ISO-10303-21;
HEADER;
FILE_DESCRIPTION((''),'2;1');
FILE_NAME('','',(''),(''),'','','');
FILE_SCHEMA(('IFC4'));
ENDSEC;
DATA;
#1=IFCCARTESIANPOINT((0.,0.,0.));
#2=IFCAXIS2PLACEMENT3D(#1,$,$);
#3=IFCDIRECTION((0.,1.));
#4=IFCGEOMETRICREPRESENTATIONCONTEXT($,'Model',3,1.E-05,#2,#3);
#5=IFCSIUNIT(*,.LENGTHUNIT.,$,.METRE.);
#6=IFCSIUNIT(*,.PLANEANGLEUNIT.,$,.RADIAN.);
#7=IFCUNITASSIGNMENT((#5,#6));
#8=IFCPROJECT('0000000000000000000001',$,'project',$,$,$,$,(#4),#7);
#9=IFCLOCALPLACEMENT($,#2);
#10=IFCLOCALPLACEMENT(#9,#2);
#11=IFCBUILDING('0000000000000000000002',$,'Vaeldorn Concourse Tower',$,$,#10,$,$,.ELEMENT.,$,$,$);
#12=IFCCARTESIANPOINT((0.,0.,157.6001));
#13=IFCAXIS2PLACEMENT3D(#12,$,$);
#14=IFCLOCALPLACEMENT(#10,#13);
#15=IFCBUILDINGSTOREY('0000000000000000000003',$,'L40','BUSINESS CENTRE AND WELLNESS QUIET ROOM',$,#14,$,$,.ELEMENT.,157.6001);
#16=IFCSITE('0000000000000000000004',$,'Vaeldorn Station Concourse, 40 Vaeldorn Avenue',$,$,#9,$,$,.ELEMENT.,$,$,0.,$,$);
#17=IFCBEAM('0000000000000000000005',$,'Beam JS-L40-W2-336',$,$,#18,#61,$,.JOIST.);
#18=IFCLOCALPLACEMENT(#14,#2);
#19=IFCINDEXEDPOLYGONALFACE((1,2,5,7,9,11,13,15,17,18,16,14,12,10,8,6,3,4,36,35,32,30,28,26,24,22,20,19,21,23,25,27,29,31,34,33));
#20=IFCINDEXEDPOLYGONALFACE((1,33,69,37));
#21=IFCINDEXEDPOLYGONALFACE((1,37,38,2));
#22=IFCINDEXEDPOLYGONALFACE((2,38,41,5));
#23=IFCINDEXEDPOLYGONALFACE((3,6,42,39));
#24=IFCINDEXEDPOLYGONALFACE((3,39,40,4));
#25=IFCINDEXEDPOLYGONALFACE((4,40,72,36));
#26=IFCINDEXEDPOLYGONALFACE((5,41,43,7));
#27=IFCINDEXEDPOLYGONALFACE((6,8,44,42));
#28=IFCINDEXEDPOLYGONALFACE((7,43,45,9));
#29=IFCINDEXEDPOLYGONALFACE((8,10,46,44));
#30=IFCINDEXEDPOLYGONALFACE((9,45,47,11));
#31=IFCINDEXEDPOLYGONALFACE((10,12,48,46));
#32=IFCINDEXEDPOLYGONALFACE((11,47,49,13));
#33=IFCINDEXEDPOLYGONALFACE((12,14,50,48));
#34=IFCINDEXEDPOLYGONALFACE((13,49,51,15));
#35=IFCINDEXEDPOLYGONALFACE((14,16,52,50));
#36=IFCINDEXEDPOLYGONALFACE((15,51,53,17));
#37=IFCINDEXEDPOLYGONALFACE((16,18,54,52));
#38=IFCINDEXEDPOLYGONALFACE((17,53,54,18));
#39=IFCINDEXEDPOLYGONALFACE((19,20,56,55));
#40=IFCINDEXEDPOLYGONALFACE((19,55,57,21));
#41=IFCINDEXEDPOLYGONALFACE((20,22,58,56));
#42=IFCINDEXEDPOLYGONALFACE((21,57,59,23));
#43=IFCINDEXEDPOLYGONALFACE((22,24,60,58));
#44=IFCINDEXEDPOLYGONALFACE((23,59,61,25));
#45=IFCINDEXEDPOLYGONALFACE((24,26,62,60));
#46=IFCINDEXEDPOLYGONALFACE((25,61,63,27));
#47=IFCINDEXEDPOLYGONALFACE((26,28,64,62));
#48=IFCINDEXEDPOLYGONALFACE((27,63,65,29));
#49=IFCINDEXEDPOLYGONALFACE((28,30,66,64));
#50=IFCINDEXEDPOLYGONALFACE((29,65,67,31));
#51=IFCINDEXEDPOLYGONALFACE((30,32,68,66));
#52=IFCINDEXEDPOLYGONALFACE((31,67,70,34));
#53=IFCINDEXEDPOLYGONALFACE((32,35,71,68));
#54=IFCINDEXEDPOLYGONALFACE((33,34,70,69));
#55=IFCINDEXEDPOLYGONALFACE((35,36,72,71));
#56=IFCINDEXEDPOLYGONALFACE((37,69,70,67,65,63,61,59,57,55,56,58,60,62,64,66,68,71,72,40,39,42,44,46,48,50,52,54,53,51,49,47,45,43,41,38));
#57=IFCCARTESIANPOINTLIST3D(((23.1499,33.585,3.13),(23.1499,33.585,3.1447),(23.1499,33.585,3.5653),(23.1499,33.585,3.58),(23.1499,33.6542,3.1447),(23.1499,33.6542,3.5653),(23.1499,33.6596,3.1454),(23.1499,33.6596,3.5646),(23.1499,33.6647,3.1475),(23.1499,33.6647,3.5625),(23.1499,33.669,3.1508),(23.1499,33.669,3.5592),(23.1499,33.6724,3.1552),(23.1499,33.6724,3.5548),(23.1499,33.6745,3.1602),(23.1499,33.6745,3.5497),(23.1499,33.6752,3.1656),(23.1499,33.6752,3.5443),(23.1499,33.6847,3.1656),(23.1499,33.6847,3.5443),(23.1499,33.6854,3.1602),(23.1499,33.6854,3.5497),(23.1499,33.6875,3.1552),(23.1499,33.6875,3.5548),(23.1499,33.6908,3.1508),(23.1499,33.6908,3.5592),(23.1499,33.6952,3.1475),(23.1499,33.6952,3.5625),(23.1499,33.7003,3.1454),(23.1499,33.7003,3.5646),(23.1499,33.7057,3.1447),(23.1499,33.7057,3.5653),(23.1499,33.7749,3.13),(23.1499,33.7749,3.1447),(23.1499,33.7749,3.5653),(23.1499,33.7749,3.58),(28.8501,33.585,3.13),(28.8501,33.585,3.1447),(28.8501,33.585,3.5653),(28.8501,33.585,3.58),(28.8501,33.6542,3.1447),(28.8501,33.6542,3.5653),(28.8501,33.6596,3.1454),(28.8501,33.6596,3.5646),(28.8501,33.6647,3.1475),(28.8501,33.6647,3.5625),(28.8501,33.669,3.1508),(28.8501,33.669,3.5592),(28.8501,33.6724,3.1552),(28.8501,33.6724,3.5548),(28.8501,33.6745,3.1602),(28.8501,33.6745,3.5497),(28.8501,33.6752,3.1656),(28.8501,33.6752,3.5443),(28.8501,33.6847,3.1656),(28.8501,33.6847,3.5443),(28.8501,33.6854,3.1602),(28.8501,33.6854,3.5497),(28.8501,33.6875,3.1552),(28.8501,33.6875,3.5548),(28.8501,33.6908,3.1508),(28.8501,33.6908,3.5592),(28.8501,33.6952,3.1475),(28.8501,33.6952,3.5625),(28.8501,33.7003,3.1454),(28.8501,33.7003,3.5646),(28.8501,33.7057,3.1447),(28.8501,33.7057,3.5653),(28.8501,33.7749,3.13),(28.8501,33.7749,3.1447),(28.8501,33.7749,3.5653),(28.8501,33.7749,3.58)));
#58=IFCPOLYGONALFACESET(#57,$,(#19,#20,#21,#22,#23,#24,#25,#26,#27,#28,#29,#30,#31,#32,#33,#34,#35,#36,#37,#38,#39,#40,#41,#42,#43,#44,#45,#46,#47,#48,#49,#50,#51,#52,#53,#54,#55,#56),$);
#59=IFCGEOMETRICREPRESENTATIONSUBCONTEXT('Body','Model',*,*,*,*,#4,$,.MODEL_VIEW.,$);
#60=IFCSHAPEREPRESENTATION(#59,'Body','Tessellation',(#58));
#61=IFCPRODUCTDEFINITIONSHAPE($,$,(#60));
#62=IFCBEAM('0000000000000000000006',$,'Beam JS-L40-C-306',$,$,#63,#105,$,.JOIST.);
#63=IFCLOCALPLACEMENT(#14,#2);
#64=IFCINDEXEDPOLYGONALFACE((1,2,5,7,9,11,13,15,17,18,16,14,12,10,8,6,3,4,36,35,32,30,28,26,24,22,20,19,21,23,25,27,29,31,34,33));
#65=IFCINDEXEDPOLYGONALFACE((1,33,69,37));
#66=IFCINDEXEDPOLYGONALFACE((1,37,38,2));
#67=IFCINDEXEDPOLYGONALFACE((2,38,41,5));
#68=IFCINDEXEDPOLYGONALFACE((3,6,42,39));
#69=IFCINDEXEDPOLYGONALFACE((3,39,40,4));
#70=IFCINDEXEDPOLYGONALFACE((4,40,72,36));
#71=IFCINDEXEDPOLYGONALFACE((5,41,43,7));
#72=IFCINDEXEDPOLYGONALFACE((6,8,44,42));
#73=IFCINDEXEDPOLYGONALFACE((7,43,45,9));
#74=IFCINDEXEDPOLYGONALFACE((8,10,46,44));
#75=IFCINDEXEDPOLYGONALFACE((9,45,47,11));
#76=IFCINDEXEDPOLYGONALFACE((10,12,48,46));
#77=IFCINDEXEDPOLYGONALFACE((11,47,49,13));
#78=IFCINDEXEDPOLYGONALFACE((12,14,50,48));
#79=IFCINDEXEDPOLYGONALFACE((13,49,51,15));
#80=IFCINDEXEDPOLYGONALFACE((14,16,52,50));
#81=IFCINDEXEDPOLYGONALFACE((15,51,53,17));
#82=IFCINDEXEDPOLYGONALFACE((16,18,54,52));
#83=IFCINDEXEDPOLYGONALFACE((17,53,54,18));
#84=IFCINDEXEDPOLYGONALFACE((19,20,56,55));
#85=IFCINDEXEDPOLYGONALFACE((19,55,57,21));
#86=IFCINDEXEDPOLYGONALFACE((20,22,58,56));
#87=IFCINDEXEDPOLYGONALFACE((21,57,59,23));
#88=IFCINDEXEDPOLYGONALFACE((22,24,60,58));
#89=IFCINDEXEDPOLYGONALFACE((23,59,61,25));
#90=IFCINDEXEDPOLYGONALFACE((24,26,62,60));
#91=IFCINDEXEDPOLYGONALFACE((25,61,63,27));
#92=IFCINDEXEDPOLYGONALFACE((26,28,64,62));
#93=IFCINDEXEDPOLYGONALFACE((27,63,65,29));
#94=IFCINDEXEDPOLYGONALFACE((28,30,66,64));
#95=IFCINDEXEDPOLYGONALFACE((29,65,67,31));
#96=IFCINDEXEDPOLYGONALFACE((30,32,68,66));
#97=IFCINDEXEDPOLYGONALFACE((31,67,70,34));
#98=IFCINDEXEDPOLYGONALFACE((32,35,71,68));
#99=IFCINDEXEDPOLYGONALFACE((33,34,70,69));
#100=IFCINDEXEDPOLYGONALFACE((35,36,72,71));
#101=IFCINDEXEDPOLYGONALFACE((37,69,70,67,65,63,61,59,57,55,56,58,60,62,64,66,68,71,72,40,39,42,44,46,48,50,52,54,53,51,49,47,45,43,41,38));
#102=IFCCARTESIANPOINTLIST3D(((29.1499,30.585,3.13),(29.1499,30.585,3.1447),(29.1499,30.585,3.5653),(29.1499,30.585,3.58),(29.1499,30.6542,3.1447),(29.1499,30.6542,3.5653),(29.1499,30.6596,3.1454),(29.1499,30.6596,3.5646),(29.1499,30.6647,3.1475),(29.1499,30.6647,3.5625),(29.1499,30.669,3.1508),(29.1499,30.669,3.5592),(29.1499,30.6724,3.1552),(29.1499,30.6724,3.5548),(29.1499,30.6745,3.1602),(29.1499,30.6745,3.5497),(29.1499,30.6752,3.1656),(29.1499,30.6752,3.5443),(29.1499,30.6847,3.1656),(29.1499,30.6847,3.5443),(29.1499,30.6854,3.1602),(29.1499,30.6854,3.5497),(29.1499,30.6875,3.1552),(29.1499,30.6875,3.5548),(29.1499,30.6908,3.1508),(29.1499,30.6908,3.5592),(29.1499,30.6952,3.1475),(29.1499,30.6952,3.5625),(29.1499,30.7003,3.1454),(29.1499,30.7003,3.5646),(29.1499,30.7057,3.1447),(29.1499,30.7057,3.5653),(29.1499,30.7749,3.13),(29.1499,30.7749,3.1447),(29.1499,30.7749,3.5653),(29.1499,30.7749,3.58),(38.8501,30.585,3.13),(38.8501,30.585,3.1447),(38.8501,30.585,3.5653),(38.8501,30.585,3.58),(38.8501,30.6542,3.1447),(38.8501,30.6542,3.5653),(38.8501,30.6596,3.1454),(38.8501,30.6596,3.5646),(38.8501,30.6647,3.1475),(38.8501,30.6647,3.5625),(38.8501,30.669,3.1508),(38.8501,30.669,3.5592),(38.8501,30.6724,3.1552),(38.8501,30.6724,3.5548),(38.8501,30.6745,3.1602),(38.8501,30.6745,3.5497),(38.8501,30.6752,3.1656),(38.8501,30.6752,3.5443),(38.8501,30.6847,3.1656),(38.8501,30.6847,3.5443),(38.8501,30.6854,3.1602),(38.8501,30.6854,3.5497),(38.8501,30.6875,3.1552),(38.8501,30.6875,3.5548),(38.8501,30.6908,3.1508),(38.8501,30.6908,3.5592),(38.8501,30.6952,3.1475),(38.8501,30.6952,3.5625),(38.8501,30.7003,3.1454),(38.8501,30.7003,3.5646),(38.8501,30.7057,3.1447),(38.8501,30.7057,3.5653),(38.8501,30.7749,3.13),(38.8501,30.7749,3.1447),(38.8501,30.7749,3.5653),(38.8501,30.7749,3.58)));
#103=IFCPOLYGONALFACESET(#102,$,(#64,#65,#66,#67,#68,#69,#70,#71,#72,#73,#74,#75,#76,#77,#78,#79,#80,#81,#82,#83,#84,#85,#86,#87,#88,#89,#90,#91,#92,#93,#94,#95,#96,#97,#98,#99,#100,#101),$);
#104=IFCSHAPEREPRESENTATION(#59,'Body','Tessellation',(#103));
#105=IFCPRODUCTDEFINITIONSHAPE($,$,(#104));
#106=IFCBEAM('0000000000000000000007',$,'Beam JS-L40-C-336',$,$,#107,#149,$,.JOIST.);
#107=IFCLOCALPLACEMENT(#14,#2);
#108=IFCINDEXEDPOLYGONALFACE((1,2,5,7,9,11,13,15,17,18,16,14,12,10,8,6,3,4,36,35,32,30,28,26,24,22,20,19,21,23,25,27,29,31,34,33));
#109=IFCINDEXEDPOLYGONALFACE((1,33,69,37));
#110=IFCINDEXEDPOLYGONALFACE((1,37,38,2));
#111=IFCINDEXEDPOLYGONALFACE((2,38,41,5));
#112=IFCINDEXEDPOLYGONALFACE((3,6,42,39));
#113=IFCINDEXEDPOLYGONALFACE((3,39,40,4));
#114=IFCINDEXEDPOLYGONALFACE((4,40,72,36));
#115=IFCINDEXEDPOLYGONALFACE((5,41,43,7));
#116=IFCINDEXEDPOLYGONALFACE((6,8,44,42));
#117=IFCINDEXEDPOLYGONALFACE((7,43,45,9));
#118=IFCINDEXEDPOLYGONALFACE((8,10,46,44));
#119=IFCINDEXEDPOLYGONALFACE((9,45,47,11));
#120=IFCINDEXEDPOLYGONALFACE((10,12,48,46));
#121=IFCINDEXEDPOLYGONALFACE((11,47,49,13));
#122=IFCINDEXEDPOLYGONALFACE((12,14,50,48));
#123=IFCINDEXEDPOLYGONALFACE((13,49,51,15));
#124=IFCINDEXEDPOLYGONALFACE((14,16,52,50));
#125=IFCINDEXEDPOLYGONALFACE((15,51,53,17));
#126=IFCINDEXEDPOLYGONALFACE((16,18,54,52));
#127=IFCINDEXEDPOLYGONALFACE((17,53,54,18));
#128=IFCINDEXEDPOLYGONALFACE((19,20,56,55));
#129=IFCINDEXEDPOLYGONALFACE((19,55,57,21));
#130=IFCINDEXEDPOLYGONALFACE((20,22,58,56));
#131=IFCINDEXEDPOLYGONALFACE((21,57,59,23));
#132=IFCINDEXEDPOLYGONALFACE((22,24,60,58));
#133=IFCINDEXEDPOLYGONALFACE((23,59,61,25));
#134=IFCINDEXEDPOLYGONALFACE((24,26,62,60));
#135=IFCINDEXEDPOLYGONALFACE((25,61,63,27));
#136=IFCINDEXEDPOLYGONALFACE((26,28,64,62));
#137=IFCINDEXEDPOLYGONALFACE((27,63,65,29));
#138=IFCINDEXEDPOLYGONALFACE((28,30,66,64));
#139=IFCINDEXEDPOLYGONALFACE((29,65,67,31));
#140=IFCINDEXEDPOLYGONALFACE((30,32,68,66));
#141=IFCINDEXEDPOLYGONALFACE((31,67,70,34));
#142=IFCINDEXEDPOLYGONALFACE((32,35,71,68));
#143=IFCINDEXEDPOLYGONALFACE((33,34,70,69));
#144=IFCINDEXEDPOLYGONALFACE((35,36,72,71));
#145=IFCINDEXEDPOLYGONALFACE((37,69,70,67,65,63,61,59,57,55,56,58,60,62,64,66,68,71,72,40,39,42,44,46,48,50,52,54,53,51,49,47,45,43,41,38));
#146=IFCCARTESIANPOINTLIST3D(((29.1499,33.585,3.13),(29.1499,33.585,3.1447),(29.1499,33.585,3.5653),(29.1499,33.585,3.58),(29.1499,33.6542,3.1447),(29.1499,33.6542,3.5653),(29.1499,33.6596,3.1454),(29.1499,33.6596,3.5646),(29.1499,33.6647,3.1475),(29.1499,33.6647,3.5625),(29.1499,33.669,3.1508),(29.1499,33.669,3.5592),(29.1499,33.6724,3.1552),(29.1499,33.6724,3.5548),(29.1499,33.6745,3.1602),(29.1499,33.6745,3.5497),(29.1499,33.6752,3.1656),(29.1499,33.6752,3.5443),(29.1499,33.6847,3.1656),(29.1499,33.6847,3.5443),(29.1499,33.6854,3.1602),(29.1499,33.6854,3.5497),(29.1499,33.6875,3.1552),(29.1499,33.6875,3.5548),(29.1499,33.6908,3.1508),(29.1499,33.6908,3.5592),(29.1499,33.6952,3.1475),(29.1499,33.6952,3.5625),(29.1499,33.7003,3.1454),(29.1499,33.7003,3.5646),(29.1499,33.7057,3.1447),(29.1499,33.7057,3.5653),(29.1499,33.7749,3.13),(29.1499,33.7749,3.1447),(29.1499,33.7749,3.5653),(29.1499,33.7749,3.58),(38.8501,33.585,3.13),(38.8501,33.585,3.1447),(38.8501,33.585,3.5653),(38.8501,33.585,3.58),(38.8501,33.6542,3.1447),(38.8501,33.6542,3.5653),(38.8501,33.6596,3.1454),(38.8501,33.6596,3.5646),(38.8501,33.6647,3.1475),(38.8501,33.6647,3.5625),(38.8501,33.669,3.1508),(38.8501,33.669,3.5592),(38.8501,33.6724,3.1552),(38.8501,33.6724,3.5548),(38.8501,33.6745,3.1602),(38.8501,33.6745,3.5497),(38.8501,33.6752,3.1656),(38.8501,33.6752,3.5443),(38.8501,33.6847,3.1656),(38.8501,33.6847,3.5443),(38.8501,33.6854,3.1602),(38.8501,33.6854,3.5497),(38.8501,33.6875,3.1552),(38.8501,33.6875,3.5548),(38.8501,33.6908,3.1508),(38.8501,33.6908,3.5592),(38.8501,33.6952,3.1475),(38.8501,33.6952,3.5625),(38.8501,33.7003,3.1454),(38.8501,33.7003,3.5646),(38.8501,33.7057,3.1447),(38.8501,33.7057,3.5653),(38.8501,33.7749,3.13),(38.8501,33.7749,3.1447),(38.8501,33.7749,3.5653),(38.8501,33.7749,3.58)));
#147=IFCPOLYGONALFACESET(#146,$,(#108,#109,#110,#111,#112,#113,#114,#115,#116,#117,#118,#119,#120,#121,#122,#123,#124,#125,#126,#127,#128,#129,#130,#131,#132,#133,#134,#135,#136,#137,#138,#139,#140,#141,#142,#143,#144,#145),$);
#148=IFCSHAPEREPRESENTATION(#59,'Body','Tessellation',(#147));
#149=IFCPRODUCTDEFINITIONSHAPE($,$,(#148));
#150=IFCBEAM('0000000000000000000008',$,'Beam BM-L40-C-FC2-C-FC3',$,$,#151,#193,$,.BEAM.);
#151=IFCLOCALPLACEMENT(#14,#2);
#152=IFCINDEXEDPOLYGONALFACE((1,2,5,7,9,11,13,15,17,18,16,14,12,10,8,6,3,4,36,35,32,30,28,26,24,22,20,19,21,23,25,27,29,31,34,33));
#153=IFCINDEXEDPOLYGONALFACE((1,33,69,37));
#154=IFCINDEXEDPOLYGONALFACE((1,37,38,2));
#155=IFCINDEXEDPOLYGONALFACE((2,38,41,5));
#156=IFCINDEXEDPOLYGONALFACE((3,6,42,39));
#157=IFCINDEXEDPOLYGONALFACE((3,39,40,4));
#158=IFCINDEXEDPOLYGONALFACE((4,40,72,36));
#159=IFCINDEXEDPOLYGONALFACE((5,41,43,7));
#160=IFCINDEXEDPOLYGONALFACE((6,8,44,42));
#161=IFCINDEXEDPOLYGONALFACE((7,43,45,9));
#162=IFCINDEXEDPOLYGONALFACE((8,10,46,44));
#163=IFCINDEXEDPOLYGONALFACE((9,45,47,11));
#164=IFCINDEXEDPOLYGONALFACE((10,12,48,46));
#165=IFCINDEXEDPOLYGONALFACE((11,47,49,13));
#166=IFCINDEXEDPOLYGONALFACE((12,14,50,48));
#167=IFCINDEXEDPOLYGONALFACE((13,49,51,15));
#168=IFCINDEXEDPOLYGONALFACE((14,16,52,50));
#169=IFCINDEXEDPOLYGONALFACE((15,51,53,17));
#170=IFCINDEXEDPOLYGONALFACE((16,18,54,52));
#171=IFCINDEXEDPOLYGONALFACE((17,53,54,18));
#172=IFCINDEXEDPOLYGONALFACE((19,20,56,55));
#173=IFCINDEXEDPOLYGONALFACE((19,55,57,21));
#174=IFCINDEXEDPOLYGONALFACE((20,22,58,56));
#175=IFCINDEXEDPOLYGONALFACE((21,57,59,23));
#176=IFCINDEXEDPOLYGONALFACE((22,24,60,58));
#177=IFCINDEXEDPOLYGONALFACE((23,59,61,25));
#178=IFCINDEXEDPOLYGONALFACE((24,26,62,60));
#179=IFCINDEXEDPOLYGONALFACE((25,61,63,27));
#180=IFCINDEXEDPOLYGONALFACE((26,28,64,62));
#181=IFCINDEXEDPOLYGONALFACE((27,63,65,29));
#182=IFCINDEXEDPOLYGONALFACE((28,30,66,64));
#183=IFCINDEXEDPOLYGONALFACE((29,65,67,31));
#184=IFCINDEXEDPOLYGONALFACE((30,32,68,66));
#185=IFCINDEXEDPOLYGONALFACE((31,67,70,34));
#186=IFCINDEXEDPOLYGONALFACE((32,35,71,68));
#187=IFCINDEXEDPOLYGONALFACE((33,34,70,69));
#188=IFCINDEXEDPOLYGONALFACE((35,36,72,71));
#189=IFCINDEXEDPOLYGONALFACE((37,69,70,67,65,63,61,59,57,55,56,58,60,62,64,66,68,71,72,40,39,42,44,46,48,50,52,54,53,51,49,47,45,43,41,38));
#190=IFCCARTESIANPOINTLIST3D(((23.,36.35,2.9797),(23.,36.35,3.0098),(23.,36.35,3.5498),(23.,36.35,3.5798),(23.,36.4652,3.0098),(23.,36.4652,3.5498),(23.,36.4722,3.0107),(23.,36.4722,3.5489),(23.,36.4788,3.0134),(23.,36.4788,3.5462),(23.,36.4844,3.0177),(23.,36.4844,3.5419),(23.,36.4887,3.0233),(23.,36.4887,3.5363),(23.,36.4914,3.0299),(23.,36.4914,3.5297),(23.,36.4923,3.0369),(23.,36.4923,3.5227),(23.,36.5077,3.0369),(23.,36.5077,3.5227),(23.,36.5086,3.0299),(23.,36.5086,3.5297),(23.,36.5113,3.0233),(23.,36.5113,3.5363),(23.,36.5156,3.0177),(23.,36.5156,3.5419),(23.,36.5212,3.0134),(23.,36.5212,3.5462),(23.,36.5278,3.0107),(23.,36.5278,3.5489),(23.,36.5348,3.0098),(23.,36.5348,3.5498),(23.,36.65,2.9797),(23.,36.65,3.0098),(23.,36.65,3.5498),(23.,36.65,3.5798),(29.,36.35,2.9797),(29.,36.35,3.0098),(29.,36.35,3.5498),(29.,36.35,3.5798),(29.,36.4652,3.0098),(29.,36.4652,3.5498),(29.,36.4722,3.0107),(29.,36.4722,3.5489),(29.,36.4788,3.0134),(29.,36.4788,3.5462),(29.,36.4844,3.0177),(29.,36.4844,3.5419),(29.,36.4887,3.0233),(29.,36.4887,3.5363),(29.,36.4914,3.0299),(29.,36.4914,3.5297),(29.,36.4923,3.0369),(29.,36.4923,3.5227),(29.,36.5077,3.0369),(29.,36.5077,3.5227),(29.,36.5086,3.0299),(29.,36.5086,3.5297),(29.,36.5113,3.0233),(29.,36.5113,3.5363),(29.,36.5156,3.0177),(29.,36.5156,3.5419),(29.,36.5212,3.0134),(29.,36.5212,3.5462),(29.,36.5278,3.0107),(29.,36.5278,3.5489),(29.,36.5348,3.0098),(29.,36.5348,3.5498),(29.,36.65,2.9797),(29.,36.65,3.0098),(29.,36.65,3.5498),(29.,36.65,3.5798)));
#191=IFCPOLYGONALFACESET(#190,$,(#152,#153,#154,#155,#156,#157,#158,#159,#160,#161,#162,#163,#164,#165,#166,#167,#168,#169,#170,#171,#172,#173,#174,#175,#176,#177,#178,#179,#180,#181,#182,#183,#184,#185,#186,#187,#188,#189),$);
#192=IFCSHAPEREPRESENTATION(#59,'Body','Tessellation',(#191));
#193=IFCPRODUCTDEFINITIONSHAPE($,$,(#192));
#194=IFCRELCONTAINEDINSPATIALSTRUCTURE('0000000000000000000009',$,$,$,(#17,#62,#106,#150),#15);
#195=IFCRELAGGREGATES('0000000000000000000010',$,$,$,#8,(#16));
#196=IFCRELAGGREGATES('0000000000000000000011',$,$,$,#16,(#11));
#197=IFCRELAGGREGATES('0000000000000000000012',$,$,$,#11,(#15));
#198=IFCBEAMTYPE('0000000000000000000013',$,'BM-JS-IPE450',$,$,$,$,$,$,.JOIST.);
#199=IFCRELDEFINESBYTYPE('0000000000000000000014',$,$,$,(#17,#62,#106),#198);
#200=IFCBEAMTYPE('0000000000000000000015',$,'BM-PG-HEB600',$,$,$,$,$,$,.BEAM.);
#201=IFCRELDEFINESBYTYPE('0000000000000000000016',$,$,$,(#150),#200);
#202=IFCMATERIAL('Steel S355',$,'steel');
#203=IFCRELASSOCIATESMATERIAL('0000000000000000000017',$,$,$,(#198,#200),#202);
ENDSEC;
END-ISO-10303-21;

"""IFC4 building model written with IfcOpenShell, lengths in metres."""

from ifc_helpers import new_model, si_unit, direction, frame, origin, origin_2d, place, context, subcontext, project, spatial, i_section, extrude, source, transform, mapped, material, material_profile, profile_set, type_object, element, save


model = new_model("IFC4")

# Units and contexts
model_context = context("Model", 3, precision=1e-05, world=origin(), true_north=direction((0.0, 1.0)))
body_context = subcontext(model_context, "Body", "Model", "MODEL_VIEW")
ifc_project = project(units=[si_unit("LENGTHUNIT", "METRE"), si_unit("PLANEANGLEUNIT", "RADIAN")], contexts=[model_context])

# Site, building, storey
site_placement = place(None, origin())
site = spatial("IfcSite", under=ifc_project, at=site_placement, Name="Vaeldorn Station Concourse, 40 Vaeldorn Avenue", CompositionType="ELEMENT", RefElevation=0.0)
building_placement = place(site_placement, origin())
building = spatial("IfcBuilding", under=site, at=building_placement, Name="Vaeldorn Concourse Tower", CompositionType="ELEMENT")
storey_placement = place(building_placement, frame((0.0, 0.0, 157.6001)))
storey = spatial("IfcBuildingStorey", under=building, at=storey_placement, Name="L40", Description="BUSINESS CENTRE AND WELLNESS QUIET ROOM", CompositionType="ELEMENT", Elevation=157.6001)

# Beams
ifc_material_1 = material(Name="Steel S355", Category="steel")
ifc_material_profile_1 = material_profile(ifc_material_1, i_section(OverallWidth=0.1899, OverallDepth=0.45, WebThickness=0.0095, FlangeThickness=0.0146, FilletRadius=0.021, at=origin_2d()), Name="IPE 450")
ifc_profile_set_1 = profile_set([ifc_material_profile_1], Name="Steel S355")
beam_type_1 = type_object("IfcBeamType", Name="BM-JS-IPE450", PredefinedType="JOIST", material=ifc_profile_set_1)
shared_shape_1 = source(origin(), body_context, "Body", "SweptSolid", [
    extrude(i_section(OverallWidth=0.1899, OverallDepth=0.45, WebThickness=0.0095, FlangeThickness=0.0146, FilletRadius=0.021, at=origin_2d()), origin(), (0.0, 0.0, 1.0), 5.7002),
])
for number, where, z_axis, x_axis, name in (
    (1, (23.1499, 33.6799, 3.355), (1.0, 0.0, 0.0), (0.0, 1.0, 0.0), "Beam JS-L40-W2-336"),
):
    element("IfcBeam", number, at=place(storey_placement, frame(where, z_axis=z_axis, x_axis=x_axis)), inside=storey, type_object=beam_type_1, Name=name, PredefinedType="JOIST", context=body_context, shape_type="MappedRepresentation", body=[
        mapped(shared_shape_1, transform((0.0, 0.0, 0.0), scale=1.0)),
    ])
shared_shape_2 = source(origin(), body_context, "Body", "SweptSolid", [
    extrude(i_section(OverallWidth=0.1899, OverallDepth=0.45, WebThickness=0.0095, FlangeThickness=0.0146, FilletRadius=0.021, at=origin_2d()), origin(), (0.0, 0.0, 1.0), 9.7002),
])
for number, where, z_axis, x_axis, name in (
    (2, (29.1499, 30.6799, 3.355), (1.0, 0.0, 0.0), (0.0, 1.0, 0.0), "Beam JS-L40-C-306"),
    (3, (29.1499, 33.6799, 3.355), (1.0, 0.0, 0.0), (0.0, 1.0, 0.0), "Beam JS-L40-C-336"),
):
    element("IfcBeam", number, at=place(storey_placement, frame(where, z_axis=z_axis, x_axis=x_axis)), inside=storey, type_object=beam_type_1, Name=name, PredefinedType="JOIST", context=body_context, shape_type="MappedRepresentation", body=[
        mapped(shared_shape_2, transform((0.0, 0.0, 0.0), scale=1.0)),
    ])
ifc_material_profile_2 = material_profile(ifc_material_1, i_section(OverallWidth=0.3, OverallDepth=0.6001, WebThickness=0.0154, FlangeThickness=0.03, FilletRadius=0.0271, at=origin_2d()), Name="HEB 600")
ifc_profile_set_2 = profile_set([ifc_material_profile_2], Name="Steel S355")
beam_type_2 = type_object("IfcBeamType", Name="BM-PG-HEB600", PredefinedType="BEAM", material=ifc_profile_set_2)
shared_shape_3 = source(origin(), body_context, "Body", "SweptSolid", [
    extrude(i_section(OverallWidth=0.3, OverallDepth=0.6001, WebThickness=0.0154, FlangeThickness=0.03, FilletRadius=0.0271, at=origin_2d()), origin(), (0.0, 0.0, 1.0), 6.0),
])
beam_1_placement = place(storey_placement, frame((23.0, 36.5, 3.2798), z_axis=(1.0, 0.0, 0.0), x_axis=(0.0, 1.0, 0.0)))
element("IfcBeam", 4, at=beam_1_placement, inside=storey, type_object=beam_type_2, Name="Beam BM-L40-C-FC2-C-FC3", PredefinedType="BEAM", context=body_context, shape_type="MappedRepresentation", body=[
    mapped(shared_shape_3, transform((0.0, 0.0, 0.0), scale=1.0)),
])

save(model, "model.ifc")
